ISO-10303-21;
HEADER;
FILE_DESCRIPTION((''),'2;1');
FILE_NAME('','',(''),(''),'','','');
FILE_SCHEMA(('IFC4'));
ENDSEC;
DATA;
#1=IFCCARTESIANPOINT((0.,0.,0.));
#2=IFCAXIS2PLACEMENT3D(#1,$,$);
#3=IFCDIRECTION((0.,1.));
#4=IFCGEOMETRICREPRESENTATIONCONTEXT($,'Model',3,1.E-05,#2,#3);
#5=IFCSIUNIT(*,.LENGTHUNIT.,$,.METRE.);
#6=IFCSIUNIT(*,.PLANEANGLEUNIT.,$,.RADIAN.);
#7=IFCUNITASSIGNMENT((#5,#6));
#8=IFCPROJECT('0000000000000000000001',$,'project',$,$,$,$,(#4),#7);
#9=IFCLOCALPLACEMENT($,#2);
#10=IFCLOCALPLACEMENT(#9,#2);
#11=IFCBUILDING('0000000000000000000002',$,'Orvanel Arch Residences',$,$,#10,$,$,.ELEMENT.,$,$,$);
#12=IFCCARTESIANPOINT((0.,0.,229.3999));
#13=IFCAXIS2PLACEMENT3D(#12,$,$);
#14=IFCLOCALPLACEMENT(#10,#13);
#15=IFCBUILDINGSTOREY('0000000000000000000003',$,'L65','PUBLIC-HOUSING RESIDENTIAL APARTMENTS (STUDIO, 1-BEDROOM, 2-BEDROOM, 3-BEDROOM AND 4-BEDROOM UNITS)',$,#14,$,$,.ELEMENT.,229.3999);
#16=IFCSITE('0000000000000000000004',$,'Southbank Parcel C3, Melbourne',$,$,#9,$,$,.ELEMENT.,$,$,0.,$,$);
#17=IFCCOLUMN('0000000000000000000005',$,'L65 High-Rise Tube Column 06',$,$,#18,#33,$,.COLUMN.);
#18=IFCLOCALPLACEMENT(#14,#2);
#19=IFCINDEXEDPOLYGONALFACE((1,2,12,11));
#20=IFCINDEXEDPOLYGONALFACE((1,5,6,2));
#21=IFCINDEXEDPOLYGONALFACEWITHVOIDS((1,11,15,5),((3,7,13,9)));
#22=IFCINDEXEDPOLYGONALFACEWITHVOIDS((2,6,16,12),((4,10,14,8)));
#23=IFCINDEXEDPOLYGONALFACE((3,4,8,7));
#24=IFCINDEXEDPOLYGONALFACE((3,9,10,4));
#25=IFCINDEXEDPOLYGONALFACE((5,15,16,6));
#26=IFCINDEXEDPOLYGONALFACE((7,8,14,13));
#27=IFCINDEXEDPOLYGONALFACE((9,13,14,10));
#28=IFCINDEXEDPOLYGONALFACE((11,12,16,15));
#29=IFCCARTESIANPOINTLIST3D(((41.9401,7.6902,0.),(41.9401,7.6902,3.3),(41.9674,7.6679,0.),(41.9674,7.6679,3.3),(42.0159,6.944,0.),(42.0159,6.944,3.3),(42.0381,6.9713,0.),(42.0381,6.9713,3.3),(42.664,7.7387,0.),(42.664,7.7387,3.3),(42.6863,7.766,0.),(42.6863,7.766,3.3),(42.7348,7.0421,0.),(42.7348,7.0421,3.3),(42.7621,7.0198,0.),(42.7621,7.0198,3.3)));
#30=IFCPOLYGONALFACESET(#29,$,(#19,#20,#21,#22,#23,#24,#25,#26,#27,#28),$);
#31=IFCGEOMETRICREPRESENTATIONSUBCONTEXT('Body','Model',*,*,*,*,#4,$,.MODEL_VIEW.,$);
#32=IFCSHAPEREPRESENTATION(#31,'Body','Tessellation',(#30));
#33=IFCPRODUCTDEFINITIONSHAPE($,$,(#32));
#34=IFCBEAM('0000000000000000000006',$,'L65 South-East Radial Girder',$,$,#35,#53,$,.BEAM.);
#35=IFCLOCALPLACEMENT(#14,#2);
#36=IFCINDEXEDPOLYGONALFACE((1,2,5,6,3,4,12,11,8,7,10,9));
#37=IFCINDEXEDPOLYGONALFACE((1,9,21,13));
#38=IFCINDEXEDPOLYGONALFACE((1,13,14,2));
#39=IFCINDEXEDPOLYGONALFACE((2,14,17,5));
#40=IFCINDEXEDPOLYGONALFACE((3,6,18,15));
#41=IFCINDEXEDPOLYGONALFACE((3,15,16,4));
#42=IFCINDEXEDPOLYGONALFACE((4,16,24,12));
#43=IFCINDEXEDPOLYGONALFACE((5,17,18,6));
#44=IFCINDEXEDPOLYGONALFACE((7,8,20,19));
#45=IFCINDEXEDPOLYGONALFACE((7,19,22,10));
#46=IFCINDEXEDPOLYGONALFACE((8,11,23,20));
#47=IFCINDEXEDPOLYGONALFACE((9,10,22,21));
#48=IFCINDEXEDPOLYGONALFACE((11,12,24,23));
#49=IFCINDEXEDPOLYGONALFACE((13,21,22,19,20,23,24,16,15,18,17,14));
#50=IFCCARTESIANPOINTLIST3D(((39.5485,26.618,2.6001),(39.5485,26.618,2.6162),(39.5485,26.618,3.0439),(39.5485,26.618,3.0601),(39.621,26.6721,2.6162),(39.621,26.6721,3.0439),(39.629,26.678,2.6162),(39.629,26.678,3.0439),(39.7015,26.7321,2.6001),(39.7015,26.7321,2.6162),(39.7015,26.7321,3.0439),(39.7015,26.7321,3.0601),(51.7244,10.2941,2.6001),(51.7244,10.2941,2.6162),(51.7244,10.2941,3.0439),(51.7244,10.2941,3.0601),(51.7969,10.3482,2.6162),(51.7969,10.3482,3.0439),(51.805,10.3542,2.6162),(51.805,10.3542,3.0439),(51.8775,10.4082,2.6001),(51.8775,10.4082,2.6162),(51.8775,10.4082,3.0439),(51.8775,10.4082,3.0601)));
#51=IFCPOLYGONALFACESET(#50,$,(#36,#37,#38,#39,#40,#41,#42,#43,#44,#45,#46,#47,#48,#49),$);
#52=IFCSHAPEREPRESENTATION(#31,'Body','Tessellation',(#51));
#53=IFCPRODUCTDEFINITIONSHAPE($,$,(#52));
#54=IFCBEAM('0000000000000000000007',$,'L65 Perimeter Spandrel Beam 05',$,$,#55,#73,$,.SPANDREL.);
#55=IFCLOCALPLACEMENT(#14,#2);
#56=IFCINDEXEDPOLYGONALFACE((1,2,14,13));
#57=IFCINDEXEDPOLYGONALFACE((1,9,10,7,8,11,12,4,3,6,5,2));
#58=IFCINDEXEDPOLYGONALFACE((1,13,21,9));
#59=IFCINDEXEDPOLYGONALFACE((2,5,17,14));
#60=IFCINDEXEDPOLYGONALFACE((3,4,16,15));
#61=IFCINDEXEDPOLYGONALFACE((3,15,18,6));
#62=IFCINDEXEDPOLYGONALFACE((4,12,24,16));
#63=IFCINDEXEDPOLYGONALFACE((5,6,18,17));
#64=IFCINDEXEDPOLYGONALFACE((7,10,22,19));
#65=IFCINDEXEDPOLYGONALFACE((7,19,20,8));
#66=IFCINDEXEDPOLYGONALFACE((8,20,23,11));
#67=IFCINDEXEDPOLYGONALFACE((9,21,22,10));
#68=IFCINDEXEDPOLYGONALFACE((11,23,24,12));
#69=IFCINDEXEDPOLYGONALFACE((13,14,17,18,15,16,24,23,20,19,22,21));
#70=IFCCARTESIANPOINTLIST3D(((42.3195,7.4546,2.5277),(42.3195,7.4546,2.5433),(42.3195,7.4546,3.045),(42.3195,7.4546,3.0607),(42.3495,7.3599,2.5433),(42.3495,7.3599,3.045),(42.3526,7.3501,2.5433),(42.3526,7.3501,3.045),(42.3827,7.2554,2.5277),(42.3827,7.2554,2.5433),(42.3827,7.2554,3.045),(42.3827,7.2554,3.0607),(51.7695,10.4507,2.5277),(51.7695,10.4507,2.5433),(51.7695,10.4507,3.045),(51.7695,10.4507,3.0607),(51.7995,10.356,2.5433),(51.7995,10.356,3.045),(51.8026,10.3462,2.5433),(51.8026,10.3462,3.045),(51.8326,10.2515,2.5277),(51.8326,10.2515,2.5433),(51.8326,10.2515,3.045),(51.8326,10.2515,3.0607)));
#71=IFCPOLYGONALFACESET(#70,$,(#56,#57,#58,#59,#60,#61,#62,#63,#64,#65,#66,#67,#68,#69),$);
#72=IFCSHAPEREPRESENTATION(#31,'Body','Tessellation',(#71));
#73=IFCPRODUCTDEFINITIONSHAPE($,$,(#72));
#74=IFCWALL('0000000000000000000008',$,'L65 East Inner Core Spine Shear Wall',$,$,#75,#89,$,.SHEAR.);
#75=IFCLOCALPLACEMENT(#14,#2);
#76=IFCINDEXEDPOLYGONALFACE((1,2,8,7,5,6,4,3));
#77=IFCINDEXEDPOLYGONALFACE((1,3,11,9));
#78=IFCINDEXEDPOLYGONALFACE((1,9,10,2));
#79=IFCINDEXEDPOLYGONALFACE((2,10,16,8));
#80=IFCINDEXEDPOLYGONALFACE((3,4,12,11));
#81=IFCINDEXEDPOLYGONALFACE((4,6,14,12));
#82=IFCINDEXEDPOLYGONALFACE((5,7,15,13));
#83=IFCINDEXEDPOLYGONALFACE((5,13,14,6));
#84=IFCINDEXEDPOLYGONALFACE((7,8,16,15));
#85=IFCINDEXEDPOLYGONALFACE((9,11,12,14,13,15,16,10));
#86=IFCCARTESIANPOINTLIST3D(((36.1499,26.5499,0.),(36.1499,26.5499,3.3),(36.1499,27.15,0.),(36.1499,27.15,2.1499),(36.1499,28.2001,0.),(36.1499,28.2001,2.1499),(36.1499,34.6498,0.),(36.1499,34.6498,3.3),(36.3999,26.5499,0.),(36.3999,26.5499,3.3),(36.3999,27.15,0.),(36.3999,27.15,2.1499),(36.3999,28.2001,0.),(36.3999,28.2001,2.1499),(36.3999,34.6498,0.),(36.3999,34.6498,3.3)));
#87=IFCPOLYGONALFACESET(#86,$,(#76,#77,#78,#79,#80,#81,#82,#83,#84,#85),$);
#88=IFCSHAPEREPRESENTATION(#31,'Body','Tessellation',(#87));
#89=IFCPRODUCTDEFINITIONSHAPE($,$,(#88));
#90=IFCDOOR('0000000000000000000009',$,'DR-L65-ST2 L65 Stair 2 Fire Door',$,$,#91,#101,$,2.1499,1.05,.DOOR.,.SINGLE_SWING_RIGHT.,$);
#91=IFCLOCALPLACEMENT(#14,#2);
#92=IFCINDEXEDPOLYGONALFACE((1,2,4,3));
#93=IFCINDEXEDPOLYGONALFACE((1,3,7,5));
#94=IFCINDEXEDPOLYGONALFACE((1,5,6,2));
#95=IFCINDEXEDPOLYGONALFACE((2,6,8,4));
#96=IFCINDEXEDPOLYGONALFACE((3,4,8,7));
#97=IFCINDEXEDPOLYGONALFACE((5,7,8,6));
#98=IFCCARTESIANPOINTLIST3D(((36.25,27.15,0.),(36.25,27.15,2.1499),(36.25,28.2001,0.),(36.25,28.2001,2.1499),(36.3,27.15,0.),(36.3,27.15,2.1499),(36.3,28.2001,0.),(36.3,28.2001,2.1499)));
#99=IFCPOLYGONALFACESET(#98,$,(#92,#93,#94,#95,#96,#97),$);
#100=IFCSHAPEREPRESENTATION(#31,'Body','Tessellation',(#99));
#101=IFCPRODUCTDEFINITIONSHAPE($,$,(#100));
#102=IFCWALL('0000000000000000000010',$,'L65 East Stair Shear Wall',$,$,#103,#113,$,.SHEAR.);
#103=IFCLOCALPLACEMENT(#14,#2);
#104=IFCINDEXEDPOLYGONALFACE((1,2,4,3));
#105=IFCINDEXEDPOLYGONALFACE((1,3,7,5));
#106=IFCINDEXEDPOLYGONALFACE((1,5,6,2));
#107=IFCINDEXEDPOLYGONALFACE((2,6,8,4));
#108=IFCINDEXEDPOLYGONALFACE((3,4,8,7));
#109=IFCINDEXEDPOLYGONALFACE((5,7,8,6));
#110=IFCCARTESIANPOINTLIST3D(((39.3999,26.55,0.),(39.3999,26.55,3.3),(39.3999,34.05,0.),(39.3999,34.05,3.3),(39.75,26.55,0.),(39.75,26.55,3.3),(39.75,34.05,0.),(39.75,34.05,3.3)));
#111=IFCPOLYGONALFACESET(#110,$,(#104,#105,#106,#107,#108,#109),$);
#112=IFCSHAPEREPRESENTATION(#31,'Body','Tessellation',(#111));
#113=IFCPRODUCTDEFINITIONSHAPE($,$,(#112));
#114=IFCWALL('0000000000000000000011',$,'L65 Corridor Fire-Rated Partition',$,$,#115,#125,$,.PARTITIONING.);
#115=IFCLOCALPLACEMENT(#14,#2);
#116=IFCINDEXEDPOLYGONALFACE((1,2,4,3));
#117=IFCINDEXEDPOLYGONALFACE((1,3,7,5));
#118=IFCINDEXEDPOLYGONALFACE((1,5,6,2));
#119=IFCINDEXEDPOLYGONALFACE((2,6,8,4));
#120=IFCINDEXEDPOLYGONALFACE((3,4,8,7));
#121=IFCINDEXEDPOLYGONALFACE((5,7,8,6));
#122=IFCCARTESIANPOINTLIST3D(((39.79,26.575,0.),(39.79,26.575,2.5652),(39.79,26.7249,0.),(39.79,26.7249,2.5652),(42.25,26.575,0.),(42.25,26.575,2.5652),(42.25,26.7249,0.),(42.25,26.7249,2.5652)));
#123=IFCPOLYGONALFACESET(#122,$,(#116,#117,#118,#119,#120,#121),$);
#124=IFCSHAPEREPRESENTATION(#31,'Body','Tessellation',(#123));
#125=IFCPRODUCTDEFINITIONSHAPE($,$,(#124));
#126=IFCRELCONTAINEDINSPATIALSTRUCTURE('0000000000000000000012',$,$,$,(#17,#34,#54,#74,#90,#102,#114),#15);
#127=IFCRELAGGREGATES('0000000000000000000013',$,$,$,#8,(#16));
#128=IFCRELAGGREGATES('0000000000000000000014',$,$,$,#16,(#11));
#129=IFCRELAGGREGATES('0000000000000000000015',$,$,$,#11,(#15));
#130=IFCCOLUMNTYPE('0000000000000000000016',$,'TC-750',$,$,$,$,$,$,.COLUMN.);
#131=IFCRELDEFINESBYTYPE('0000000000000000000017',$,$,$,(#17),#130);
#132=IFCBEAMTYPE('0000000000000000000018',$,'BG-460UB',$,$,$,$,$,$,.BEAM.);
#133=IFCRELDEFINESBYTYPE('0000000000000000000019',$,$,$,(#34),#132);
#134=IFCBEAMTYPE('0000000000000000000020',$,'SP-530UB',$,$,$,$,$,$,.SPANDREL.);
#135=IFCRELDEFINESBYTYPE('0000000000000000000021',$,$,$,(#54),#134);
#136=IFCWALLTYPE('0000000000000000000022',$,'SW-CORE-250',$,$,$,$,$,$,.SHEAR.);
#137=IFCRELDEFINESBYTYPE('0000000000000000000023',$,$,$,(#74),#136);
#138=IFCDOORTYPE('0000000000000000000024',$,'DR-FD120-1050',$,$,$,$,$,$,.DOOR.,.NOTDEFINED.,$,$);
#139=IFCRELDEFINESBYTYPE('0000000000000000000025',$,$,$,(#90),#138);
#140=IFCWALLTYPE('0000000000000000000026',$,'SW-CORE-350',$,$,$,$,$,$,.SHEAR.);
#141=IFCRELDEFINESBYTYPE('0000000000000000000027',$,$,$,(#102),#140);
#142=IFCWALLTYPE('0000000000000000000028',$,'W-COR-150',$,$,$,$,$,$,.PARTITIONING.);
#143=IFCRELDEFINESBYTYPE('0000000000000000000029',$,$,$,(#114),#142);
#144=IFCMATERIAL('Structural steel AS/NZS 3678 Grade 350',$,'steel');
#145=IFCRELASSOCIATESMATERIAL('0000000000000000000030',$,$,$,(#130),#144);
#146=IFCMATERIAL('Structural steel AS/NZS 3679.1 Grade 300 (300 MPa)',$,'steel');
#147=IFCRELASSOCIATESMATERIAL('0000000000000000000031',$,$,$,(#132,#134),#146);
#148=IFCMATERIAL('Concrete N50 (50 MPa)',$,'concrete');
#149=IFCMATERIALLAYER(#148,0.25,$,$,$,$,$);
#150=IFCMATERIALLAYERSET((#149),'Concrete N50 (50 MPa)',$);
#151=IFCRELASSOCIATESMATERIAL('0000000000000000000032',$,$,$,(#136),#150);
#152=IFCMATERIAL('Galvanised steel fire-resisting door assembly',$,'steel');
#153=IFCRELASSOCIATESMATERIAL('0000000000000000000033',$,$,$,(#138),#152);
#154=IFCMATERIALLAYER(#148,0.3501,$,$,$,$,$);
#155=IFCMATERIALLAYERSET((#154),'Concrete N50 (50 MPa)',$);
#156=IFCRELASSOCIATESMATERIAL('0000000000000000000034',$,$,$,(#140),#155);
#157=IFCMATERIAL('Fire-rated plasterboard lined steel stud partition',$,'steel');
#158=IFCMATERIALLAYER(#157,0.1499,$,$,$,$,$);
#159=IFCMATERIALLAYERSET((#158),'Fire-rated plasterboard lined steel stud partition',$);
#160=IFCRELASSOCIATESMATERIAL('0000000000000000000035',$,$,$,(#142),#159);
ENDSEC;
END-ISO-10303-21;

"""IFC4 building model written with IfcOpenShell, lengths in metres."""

from ifc_helpers import new_model, si_unit, direction, frame, frame_2d, origin, origin_2d, place, context, subcontext, project, spatial, rectangle, hollow_rectangle, i_section, extrude, material, layer, layer_set, material_profile, profile_set, type_object, element, fill, save


model = new_model("IFC4")

# Units and contexts
model_context = context("Model", 3, precision=1e-05, world=origin(), true_north=direction((0.0, 1.0)))
body_context = subcontext(model_context, "Body", "Model", "MODEL_VIEW")
ifc_project = project(units=[si_unit("LENGTHUNIT", "METRE"), si_unit("PLANEANGLEUNIT", "RADIAN")], contexts=[model_context])

# Site, building, storey
site_placement = place(None, origin())
site = spatial("IfcSite", under=ifc_project, at=site_placement, Name="Southbank Parcel C3, Melbourne", CompositionType="ELEMENT", RefElevation=0.0)
building_placement = place(site_placement, origin())
building = spatial("IfcBuilding", under=site, at=building_placement, Name="Orvanel Arch Residences", CompositionType="ELEMENT")
storey_placement = place(building_placement, frame((0.0, 0.0, 229.3999)))
storey = spatial("IfcBuildingStorey", under=building, at=storey_placement, Name="L65", Description="PUBLIC-HOUSING RESIDENTIAL APARTMENTS (STUDIO, 1-BEDROOM, 2-BEDROOM, 3-BEDROOM AND 4-BEDROOM UNITS)", CompositionType="ELEMENT", Elevation=229.3999)

# Column
ifc_material_1 = material(Name="Structural steel AS/NZS 3678 Grade 350", Category="steel")
ifc_material_profile_1 = material_profile(ifc_material_1, hollow_rectangle(XDim=0.75, YDim=0.75, WallThickness=0.0249, at=origin_2d()), Name="BOX750x750x25")
ifc_profile_set_1 = profile_set([ifc_material_profile_1], Name="Structural steel AS/NZS 3678 Grade 350")
column_type = type_object("IfcColumnType", Name="TC-750", PredefinedType="COLUMN", material=ifc_profile_set_1)
column_placement = place(storey_placement, frame((42.3511, 7.355, 0.0), z_axis=(0.0, 0.0, 1.0), x_axis=(0.994881, 0.101056, 0.0)))
element("IfcColumn", 1, at=column_placement, inside=storey, type_object=column_type, Name="L65 High-Rise Tube Column 06", PredefinedType="COLUMN", context=body_context, shape_type="SweptSolid", body=[
    extrude(hollow_rectangle(XDim=0.75, YDim=0.75, WallThickness=0.0249, at=origin_2d()), origin(), (0.0, 0.0, 1.0), 3.3),
])

# Beams
ifc_material_2 = material(Name="Structural steel AS/NZS 3679.1 Grade 300 (300 MPa)", Category="steel")
ifc_material_profile_2 = material_profile(ifc_material_2, i_section(OverallWidth=0.1909, OverallDepth=0.46, WebThickness=0.01, FlangeThickness=0.0161, at=origin_2d()), Name="460UB82.1")
ifc_profile_set_2 = profile_set([ifc_material_profile_2], Name="Structural steel AS/NZS 3679.1 Grade 300 (300 MPa)")
beam_type_1 = type_object("IfcBeamType", Name="BG-460UB", PredefinedType="BEAM", material=ifc_profile_set_2)
beam_1_placement = place(storey_placement, frame((39.625, 26.675, 2.8301), z_axis=(0.597894, -0.801575, 0.0), x_axis=(0.801575, 0.597894, 0.0)))
element("IfcBeam", 2, at=beam_1_placement, inside=storey, type_object=beam_type_1, Name="L65 South-East Radial Girder", PredefinedType="BEAM", context=body_context, shape_type="SweptSolid", body=[
    extrude(i_section(OverallWidth=0.1909, OverallDepth=0.46, WebThickness=0.01, FlangeThickness=0.0161, at=origin_2d()), origin(), (0.0, 0.0, 1.0), 20.3647),
])
ifc_material_profile_3 = material_profile(ifc_material_2, i_section(OverallWidth=0.209, OverallDepth=0.533, WebThickness=0.0103, FlangeThickness=0.0156, at=origin_2d()), Name="530UB92.4")
ifc_profile_set_3 = profile_set([ifc_material_profile_3], Name="Structural steel AS/NZS 3679.1 Grade 300 (300 MPa)")
beam_type_2 = type_object("IfcBeamType", Name="SP-530UB", PredefinedType="SPANDREL", material=ifc_profile_set_3)
beam_2_placement = place(storey_placement, frame((42.3511, 7.355, 2.7942), z_axis=(0.953237, 0.302223, 0.0), x_axis=(-0.302223, 0.953237, 0.0)))
element("IfcBeam", 3, at=beam_2_placement, inside=storey, type_object=beam_type_2, Name="L65 Perimeter Spandrel Beam 05", PredefinedType="SPANDREL", context=body_context, shape_type="SweptSolid", body=[
    extrude(i_section(OverallWidth=0.209, OverallDepth=0.533, WebThickness=0.0103, FlangeThickness=0.0156, at=origin_2d()), origin(), (0.0, 0.0, 1.0), 9.9136),
])

# Wall, opening, door
ifc_material_3 = material(Name="Concrete N50 (50 MPa)", Category="concrete")
ifc_layer_1 = layer(ifc_material_3, 0.25)
ifc_layer_set_1 = layer_set([ifc_layer_1], Name="Concrete N50 (50 MPa)")
wall_type_1 = type_object("IfcWallType", Name="SW-CORE-250", PredefinedType="SHEAR", material=ifc_layer_set_1)
wall_1_placement = place(storey_placement, frame((36.2749, 26.55, 0.0), z_axis=(0.0, 0.0, 1.0), x_axis=(0.0, 1.0, 0.0)))
wall_1 = element("IfcWall", 4, at=wall_1_placement, inside=storey, type_object=wall_type_1, Name="L65 East Inner Core Spine Shear Wall", PredefinedType="SHEAR", context=body_context, shape_type="SweptSolid", body=[
    extrude(rectangle(XDim=8.0999, YDim=0.25, at=frame_2d((4.0498, 0.0))), origin(), (0.0, 0.0, 1.0), 3.3),
])
opening_1_placement = place(wall_1_placement, frame((0.6001, 0.0, 0.0)))
opening_1 = element("IfcOpeningElement", 5, at=opening_1_placement, cuts=wall_1, PredefinedType="OPENING", context=body_context, shape_type="SweptSolid", body=[
    extrude(rectangle(XDim=1.05, YDim=2.1499, at=frame_2d((0.5249, 1.075))), frame((0.0, 0.135, 0.0), z_axis=(0.0, -1.0, 0.0), x_axis=(1.0, 0.0, 0.0)), (0.0, 0.0, 1.0), 0.27),
])
ifc_material_4 = material(Name="Galvanised steel fire-resisting door assembly", Category="steel")
door_type_1 = type_object("IfcDoorType", Name="DR-FD120-1050", OperationType="NOTDEFINED", PredefinedType="DOOR", material=ifc_material_4)
door_1_placement = place(opening_1_placement, origin())
door_1 = element("IfcDoor", 6, at=door_1_placement, inside=storey, type_object=door_type_1, Name="DR-L65-ST2 L65 Stair 2 Fire Door", OperationType="SINGLE_SWING_RIGHT", OverallHeight=2.1499, OverallWidth=1.05, PredefinedType="DOOR", context=body_context, shape_type="SweptSolid", body=[
    extrude(rectangle(XDim=1.05, YDim=2.1499, at=frame_2d((0.5249, 1.075))), frame((0.0, 0.0249, 0.0), z_axis=(0.0, -1.0, 0.0), x_axis=(1.0, 0.0, 0.0)), (0.0, 0.0, 1.0), 0.05),
])
fill(opening_1, door_1)

# Wall
ifc_layer_2 = layer(ifc_material_3, 0.3501)
ifc_layer_set_2 = layer_set([ifc_layer_2], Name="Concrete N50 (50 MPa)")
wall_type_2 = type_object("IfcWallType", Name="SW-CORE-350", PredefinedType="SHEAR", material=ifc_layer_set_2)
wall_2_placement = place(storey_placement, frame((39.575, 26.55, 0.0), z_axis=(0.0, 0.0, 1.0), x_axis=(0.0, 1.0, 0.0)))
element("IfcWall", 7, at=wall_2_placement, inside=storey, type_object=wall_type_2, Name="L65 East Stair Shear Wall", PredefinedType="SHEAR", context=body_context, shape_type="SweptSolid", body=[
    extrude(rectangle(XDim=7.5, YDim=0.3501, at=frame_2d((3.75, 0.0))), origin(), (0.0, 0.0, 1.0), 3.3),
])

# Shared definitions
ifc_material_5 = material(Name="Fire-rated plasterboard lined steel stud partition", Category="steel")
ifc_layer_3 = layer(ifc_material_5, 0.1499)
ifc_layer_set_3 = layer_set([ifc_layer_3], Name="Fire-rated plasterboard lined steel stud partition")
wall_type_3 = type_object("IfcWallType", Name="W-COR-150", PredefinedType="PARTITIONING", material=ifc_layer_set_3)

# Wall
wall_3_placement = place(storey_placement, frame((39.79, 26.6499, 0.0), z_axis=(0.0, 0.0, 1.0), x_axis=(1.0, 0.0, 0.0)))
element("IfcWall", 8, at=wall_3_placement, inside=storey, type_object=wall_type_3, Name="L65 Corridor Fire-Rated Partition", PredefinedType="PARTITIONING", context=body_context, shape_type="SweptSolid", body=[
    extrude(rectangle(XDim=2.46, YDim=0.1499, at=frame_2d((1.23, 0.0))), origin(), (0.0, 0.0, 1.0), 2.5652),
])

save(model, "model.ifc")
